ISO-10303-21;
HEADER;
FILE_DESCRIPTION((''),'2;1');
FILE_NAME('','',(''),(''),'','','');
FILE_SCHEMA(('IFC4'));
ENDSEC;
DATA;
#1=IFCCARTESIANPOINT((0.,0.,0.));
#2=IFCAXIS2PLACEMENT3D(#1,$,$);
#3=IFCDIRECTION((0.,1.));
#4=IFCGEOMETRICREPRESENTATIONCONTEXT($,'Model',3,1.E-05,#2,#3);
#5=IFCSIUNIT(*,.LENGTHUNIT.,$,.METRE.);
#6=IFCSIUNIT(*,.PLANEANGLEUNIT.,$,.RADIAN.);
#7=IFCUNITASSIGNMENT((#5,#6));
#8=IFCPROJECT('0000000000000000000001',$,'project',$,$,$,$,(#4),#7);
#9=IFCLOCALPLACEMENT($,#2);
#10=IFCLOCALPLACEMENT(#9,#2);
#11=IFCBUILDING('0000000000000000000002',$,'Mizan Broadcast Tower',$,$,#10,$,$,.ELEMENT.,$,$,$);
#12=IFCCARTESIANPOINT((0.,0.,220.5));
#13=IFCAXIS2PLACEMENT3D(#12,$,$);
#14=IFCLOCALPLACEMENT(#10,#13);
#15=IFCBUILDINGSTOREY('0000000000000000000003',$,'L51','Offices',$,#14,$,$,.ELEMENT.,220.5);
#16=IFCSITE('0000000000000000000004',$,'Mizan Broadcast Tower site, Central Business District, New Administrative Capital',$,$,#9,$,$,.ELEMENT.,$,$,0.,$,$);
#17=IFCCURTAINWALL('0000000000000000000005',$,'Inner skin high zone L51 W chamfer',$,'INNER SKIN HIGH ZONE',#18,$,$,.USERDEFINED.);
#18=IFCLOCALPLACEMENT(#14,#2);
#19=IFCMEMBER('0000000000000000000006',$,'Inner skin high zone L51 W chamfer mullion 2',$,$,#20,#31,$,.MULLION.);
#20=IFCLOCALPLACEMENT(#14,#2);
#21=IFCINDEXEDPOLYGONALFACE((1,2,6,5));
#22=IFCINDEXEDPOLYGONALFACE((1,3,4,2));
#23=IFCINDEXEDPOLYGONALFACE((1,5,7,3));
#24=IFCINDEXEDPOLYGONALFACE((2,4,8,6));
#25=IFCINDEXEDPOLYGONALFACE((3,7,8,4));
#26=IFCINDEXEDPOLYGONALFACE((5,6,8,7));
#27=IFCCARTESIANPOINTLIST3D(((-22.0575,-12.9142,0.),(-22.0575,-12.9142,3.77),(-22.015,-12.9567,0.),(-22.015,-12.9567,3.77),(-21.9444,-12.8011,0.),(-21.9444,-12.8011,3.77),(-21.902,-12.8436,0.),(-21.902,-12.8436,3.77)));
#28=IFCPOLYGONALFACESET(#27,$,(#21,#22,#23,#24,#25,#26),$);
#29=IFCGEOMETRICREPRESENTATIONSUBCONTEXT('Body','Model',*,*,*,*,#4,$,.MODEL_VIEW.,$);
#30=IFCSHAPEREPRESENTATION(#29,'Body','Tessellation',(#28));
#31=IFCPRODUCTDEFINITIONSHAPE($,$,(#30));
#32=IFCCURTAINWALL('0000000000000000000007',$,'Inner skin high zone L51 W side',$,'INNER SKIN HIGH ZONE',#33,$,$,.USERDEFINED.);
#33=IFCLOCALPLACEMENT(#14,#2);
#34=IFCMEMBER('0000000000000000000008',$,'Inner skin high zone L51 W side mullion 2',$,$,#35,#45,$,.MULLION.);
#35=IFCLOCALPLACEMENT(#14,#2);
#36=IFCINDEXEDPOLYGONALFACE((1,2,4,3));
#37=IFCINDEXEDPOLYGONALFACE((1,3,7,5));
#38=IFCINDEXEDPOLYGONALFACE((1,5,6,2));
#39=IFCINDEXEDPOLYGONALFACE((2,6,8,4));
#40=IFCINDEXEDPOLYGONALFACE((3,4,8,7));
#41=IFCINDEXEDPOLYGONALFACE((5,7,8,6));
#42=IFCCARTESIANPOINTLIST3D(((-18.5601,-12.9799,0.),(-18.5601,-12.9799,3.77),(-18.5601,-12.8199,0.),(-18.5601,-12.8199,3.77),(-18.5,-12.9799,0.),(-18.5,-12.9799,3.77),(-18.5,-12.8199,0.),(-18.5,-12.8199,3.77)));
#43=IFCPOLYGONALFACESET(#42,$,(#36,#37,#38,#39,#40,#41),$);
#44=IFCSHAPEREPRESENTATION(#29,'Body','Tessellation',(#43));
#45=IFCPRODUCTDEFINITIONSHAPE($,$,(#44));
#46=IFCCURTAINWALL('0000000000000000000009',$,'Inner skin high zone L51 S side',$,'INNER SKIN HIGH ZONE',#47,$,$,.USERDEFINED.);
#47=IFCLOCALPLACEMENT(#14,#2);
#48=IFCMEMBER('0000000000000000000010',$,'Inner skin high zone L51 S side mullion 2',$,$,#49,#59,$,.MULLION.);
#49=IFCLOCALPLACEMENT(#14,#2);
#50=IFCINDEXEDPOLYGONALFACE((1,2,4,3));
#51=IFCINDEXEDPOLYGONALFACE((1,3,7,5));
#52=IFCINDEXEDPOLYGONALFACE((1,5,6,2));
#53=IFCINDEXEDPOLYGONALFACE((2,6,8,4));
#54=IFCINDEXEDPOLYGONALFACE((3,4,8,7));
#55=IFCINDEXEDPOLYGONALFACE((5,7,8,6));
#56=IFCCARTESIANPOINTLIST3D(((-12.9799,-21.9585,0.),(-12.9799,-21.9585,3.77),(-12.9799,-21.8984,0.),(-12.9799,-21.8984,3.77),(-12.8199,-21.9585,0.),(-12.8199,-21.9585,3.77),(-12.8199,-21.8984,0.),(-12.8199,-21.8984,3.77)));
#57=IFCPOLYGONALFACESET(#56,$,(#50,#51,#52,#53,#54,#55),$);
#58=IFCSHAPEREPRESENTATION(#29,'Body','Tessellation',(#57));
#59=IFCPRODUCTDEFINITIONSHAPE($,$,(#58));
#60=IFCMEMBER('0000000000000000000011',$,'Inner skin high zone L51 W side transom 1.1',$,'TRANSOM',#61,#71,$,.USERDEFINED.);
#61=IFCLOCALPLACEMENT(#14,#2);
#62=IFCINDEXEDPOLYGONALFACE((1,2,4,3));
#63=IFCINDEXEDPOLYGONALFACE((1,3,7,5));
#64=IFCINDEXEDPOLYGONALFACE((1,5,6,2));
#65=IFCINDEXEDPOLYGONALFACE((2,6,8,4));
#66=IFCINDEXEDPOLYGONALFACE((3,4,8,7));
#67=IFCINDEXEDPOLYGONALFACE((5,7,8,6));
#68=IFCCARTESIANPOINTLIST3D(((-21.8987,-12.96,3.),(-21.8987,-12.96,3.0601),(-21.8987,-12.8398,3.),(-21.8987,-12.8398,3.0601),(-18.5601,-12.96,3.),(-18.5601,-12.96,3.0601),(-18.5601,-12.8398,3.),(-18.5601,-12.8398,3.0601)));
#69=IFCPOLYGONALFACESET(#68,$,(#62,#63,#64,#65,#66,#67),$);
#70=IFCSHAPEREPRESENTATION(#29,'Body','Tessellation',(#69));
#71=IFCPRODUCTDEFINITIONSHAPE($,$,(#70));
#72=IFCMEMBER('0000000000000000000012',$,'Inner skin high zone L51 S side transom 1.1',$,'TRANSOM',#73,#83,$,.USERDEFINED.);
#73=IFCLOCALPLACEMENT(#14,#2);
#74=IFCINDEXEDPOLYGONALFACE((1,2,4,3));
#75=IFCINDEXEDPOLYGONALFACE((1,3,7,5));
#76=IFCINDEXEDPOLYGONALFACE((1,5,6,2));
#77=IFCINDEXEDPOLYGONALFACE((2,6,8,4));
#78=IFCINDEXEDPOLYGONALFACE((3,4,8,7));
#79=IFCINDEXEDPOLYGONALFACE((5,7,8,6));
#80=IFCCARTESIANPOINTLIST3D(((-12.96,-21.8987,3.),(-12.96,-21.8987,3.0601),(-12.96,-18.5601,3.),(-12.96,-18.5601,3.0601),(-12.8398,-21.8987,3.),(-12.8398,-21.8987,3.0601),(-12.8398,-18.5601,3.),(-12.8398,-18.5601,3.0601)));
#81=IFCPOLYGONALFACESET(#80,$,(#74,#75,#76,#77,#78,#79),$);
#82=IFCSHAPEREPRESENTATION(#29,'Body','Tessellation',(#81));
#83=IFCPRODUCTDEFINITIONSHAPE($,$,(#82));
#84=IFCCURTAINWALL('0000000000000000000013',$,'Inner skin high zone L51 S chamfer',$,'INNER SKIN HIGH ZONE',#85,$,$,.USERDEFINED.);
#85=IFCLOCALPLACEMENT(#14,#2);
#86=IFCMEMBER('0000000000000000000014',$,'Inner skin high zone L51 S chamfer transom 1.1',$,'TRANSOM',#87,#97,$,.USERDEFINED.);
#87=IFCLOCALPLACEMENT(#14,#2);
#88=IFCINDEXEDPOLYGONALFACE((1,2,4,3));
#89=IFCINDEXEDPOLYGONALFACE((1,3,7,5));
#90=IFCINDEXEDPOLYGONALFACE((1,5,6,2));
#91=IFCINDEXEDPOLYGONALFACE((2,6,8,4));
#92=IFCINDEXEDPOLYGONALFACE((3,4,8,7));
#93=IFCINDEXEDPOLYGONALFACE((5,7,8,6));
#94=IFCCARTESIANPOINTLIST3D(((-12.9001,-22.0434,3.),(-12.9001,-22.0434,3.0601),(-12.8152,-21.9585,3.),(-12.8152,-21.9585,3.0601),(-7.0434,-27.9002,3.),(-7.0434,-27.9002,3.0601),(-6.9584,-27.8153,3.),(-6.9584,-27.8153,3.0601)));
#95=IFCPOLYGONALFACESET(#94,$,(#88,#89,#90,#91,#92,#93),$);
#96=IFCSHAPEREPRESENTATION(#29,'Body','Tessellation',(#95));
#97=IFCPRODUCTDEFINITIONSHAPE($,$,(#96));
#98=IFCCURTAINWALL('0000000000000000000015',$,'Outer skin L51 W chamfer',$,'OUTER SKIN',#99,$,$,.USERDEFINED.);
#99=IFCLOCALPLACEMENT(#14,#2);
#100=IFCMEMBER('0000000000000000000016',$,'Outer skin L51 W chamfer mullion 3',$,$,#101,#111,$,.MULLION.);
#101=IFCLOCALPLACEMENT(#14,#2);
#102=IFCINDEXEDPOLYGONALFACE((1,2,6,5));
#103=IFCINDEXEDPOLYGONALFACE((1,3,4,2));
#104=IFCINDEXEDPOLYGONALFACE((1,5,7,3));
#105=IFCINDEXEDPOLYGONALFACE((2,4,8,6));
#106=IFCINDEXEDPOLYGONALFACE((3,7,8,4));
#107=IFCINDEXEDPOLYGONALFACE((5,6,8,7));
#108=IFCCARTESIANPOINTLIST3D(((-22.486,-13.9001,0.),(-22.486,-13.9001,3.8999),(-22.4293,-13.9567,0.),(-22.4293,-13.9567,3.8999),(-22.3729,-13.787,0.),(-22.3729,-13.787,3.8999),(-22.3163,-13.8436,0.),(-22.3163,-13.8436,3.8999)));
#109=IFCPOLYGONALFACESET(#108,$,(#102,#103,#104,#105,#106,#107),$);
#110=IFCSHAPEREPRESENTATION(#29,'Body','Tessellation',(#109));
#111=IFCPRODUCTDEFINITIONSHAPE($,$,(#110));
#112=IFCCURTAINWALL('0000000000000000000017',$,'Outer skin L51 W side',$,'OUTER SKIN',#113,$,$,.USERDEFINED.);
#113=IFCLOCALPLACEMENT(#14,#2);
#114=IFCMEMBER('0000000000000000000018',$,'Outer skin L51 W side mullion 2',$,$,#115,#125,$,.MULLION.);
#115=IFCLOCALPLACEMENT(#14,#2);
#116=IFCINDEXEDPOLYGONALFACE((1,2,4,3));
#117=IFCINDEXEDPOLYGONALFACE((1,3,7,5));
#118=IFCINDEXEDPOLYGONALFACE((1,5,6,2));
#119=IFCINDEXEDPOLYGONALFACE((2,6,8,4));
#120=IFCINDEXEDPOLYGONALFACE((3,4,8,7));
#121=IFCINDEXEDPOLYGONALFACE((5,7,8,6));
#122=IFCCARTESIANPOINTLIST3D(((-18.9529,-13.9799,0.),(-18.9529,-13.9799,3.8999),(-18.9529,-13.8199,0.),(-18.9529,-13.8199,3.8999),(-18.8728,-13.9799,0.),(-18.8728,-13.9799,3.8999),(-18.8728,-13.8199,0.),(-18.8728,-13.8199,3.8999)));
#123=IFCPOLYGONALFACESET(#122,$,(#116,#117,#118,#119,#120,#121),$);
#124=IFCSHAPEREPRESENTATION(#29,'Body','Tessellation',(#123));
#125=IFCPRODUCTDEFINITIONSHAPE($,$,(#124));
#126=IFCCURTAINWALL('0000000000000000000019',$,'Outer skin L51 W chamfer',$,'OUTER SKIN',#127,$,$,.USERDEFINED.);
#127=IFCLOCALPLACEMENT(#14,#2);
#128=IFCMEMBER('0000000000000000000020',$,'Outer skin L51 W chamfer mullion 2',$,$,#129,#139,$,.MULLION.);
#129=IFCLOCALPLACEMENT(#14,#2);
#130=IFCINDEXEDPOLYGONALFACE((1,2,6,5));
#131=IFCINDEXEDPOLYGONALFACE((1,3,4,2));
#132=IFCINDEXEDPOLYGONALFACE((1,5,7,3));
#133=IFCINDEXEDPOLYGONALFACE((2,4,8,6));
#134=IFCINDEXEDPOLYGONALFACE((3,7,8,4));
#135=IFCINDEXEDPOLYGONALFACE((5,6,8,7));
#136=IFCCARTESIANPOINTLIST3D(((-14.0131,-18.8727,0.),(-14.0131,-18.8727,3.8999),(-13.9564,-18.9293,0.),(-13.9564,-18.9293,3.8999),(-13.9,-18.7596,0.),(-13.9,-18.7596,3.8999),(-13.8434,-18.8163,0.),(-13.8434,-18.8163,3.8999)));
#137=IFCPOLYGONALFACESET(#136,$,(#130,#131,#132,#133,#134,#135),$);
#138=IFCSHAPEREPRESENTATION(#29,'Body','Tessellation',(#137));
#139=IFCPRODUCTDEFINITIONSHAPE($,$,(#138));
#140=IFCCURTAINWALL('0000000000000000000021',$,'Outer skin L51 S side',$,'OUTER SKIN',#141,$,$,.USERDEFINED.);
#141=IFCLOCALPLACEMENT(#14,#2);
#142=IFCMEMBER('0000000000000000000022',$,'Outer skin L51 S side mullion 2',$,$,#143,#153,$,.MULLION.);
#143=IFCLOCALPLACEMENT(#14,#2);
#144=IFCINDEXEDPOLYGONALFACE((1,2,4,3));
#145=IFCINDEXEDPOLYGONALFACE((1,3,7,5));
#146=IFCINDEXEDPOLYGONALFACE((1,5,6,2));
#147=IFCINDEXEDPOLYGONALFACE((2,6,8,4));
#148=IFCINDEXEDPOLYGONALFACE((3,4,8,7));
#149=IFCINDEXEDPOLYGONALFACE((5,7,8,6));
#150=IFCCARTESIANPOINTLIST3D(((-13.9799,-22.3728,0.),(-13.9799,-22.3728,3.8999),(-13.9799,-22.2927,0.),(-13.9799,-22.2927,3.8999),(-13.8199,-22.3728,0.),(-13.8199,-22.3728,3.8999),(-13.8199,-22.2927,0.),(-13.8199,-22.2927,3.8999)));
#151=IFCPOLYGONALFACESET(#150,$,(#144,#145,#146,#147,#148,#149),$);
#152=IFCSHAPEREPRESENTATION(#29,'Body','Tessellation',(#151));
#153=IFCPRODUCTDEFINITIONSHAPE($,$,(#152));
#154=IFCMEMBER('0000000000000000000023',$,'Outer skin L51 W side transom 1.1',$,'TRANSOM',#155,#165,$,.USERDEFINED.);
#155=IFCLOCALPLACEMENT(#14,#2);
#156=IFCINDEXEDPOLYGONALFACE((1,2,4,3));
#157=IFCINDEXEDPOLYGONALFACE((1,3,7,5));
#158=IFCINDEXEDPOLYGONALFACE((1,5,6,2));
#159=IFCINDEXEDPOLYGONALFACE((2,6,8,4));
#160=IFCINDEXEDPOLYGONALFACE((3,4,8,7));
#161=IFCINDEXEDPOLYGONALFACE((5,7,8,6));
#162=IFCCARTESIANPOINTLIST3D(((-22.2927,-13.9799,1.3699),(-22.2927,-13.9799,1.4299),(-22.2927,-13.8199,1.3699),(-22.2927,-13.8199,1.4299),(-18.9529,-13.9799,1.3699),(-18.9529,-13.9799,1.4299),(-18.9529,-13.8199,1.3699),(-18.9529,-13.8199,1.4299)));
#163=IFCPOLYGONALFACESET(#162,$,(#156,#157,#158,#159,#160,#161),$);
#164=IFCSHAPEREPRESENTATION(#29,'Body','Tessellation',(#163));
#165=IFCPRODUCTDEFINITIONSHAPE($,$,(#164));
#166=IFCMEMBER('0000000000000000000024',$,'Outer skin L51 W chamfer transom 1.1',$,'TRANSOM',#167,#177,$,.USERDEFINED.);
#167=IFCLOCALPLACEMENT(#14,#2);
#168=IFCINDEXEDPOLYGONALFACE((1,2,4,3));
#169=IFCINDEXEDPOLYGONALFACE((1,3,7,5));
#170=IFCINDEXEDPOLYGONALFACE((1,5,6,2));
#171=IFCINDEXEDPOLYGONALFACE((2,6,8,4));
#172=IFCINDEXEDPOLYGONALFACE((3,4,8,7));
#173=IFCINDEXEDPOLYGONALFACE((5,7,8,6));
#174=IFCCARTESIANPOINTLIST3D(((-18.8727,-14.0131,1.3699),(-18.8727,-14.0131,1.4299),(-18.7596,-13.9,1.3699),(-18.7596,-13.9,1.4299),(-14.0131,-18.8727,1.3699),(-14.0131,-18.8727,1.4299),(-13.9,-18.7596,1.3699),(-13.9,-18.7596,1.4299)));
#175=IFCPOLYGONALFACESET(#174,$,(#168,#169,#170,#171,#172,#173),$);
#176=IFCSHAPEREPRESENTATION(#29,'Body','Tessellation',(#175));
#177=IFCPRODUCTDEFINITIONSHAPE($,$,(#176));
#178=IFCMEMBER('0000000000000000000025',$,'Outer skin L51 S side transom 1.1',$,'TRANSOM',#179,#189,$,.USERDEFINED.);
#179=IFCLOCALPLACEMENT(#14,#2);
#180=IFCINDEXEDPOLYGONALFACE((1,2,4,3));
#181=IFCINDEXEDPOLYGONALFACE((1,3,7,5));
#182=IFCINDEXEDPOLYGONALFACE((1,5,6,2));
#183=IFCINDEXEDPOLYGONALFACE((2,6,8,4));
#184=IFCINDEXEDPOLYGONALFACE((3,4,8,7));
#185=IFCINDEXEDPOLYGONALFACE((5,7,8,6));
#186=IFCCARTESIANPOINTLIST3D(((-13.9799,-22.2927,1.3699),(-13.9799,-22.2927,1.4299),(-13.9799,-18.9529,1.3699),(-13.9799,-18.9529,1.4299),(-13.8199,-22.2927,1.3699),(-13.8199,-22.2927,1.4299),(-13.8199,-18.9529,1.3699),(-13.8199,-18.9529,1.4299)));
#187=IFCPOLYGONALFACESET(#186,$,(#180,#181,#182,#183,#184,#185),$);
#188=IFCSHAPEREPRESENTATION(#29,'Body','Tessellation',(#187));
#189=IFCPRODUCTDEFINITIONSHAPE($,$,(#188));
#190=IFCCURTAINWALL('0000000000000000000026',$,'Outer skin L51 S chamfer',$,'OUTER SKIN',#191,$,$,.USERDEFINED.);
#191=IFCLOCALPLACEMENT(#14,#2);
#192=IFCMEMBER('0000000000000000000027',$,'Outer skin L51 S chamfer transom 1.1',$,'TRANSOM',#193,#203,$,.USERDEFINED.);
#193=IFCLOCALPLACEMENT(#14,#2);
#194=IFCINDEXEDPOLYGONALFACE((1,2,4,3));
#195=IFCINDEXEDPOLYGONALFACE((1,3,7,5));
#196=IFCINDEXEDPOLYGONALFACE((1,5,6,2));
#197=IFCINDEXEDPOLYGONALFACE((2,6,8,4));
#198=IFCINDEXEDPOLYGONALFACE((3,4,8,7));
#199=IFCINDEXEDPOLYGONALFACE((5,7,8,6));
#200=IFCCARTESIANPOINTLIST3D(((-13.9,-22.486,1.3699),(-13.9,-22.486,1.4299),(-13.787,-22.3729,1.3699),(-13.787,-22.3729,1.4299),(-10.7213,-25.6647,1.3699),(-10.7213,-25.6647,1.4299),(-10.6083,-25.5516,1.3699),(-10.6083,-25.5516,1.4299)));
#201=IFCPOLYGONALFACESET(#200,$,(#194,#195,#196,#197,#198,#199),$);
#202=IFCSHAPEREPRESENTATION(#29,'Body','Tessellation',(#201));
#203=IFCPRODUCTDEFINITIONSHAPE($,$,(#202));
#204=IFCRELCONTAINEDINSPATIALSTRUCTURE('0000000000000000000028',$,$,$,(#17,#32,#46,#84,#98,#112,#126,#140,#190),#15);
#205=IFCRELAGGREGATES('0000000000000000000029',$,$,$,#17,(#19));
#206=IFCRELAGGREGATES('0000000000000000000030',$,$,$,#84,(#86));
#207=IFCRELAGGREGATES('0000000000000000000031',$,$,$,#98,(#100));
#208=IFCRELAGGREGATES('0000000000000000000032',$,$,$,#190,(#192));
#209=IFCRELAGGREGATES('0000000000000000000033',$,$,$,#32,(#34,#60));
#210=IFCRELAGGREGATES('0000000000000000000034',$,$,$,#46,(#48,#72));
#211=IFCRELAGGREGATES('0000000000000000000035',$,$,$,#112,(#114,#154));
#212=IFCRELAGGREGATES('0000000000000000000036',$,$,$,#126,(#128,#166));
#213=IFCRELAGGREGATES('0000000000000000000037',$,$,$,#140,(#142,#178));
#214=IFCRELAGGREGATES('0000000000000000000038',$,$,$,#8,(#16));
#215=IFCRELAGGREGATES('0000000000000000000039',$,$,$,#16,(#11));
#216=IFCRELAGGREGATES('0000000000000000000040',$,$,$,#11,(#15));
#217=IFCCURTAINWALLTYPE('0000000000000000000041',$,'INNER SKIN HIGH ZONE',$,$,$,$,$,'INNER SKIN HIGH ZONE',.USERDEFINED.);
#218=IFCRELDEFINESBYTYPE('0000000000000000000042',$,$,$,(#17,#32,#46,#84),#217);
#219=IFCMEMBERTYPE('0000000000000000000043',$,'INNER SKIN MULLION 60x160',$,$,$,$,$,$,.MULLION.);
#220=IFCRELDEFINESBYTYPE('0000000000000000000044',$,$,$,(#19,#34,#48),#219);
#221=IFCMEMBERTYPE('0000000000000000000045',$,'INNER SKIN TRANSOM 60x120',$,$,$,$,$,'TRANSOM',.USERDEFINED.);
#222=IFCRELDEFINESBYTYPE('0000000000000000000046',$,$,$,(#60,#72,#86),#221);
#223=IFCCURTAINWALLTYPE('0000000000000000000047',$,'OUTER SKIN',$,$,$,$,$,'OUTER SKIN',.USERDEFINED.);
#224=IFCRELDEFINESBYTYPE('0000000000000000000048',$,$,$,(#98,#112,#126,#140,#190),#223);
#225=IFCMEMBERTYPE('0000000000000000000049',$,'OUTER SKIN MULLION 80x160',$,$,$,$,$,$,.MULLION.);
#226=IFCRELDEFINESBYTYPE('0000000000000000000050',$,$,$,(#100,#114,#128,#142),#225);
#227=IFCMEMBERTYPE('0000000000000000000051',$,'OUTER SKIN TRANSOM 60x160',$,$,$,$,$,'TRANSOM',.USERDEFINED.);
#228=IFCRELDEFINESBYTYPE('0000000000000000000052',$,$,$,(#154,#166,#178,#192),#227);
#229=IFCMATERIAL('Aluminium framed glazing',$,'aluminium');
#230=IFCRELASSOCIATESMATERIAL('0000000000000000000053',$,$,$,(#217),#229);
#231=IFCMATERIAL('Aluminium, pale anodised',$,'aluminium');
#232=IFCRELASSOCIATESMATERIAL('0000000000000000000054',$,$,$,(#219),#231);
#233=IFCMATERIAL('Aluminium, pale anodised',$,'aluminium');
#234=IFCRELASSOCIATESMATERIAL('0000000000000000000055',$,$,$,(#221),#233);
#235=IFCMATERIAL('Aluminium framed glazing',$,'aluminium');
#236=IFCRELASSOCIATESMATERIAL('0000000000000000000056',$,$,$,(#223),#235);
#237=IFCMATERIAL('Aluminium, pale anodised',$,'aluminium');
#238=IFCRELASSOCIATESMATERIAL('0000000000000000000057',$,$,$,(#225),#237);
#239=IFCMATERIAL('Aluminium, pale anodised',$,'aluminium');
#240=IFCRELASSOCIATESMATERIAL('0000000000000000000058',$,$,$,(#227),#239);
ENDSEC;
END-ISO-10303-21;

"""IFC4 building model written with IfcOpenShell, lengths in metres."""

from ifc_helpers import new_model, si_unit, direction, frame, origin, origin_2d, place, context, subcontext, project, spatial, rectangle, extrude, material, material_profile, profile_set, type_object, element, aggregate, save


model = new_model("IFC4")

# Units and contexts
model_context = context("Model", 3, precision=1e-05, world=origin(), true_north=direction((0.0, 1.0)))
body_context = subcontext(model_context, "Body", "Model", "MODEL_VIEW")
ifc_project = project(units=[si_unit("LENGTHUNIT", "METRE"), si_unit("PLANEANGLEUNIT", "RADIAN")], contexts=[model_context])

# Site, building, storey
site_placement = place(None, origin())
site = spatial("IfcSite", under=ifc_project, at=site_placement, Name="Mizan Broadcast Tower site, Central Business District, New Administrative Capital", CompositionType="ELEMENT", RefElevation=0.0)
building_placement = place(site_placement, origin())
building = spatial("IfcBuilding", under=site, at=building_placement, Name="Mizan Broadcast Tower", CompositionType="ELEMENT")
storey_placement = place(building_placement, frame((0.0, 0.0, 220.5)))
storey = spatial("IfcBuildingStorey", under=building, at=storey_placement, Name="L51", Description="Offices", CompositionType="ELEMENT", Elevation=220.5)

# Curtain walls, members
ifc_material_1 = material(Name="Aluminium framed glazing", Category="aluminium")
curtain_wall_type_1 = type_object("IfcCurtainWallType", Name="INNER SKIN HIGH ZONE", ElementType="INNER SKIN HIGH ZONE", PredefinedType="USERDEFINED", material=ifc_material_1)
curtain_wall_1_placement = place(storey_placement, origin())
curtain_wall_1 = element("IfcCurtainWall", 1, at=curtain_wall_1_placement, inside=storey, type_object=curtain_wall_type_1, Name="Inner skin high zone L51 W chamfer", ObjectType="INNER SKIN HIGH ZONE", PredefinedType="USERDEFINED")
ifc_material_2 = material(Name="Aluminium, pale anodised", Category="aluminium")
ifc_material_profile_1 = material_profile(ifc_material_2, rectangle(XDim=0.1599, YDim=0.0601, at=origin_2d()), Name="MULLION 160x60")
ifc_profile_set_1 = profile_set([ifc_material_profile_1], Name="Aluminium, pale anodised")
member_type_1 = type_object("IfcMemberType", Name="INNER SKIN MULLION 60x160", PredefinedType="MULLION", material=ifc_profile_set_1)
member_1_placement = place(storey_placement, frame((-21.9797, -12.8789, 0.0), z_axis=(0.0, 0.0, 1.0), x_axis=(0.707107, 0.707107, 0.0)))
member_1 = element("IfcMember", 2, at=member_1_placement, type_object=member_type_1, Name="Inner skin high zone L51 W chamfer mullion 2", PredefinedType="MULLION", context=body_context, shape_type="SweptSolid", body=[
    extrude(rectangle(XDim=0.1599, YDim=0.0601, at=origin_2d()), origin(), (0.0, 0.0, 1.0), 3.77),
])
aggregate(curtain_wall_1, [member_1])
curtain_wall_2_placement = place(storey_placement, origin())
curtain_wall_2 = element("IfcCurtainWall", 3, at=curtain_wall_2_placement, inside=storey, type_object=curtain_wall_type_1, Name="Inner skin high zone L51 W side", ObjectType="INNER SKIN HIGH ZONE", PredefinedType="USERDEFINED")
member_2_placement = place(storey_placement, frame((-18.53, -12.8999, 0.0), z_axis=(0.0, 0.0, 1.0), x_axis=(0.0, 1.0, 0.0)))
member_2 = element("IfcMember", 4, at=member_2_placement, type_object=member_type_1, Name="Inner skin high zone L51 W side mullion 2", PredefinedType="MULLION", context=body_context, shape_type="SweptSolid", body=[
    extrude(rectangle(XDim=0.1599, YDim=0.0601, at=origin_2d()), origin(), (0.0, 0.0, 1.0), 3.77),
])
curtain_wall_3_placement = place(storey_placement, origin())
curtain_wall_3 = element("IfcCurtainWall", 5, at=curtain_wall_3_placement, inside=storey, type_object=curtain_wall_type_1, Name="Inner skin high zone L51 S side", ObjectType="INNER SKIN HIGH ZONE", PredefinedType="USERDEFINED")
member_3_placement = place(storey_placement, frame((-12.8999, -21.9285, 0.0), z_axis=(0.0, 0.0, 1.0), x_axis=(1.0, 0.0, 0.0)))
member_3 = element("IfcMember", 6, at=member_3_placement, type_object=member_type_1, Name="Inner skin high zone L51 S side mullion 2", PredefinedType="MULLION", context=body_context, shape_type="SweptSolid", body=[
    extrude(rectangle(XDim=0.1599, YDim=0.0601, at=origin_2d()), origin(), (0.0, 0.0, 1.0), 3.77),
])

# Members
ifc_material_3 = material(Name="Aluminium, pale anodised", Category="aluminium")
ifc_material_profile_2 = material_profile(ifc_material_3, rectangle(XDim=0.1201, YDim=0.0601, at=origin_2d()), Name="TRANSOM 120x60")
ifc_profile_set_2 = profile_set([ifc_material_profile_2], Name="Aluminium, pale anodised")
member_type_2 = type_object("IfcMemberType", Name="INNER SKIN TRANSOM 60x120", ElementType="TRANSOM", PredefinedType="USERDEFINED", material=ifc_profile_set_2)
member_4_placement = place(storey_placement, frame((-21.8987, -12.8999, 3.03), z_axis=(1.0, 0.0, 0.0), x_axis=(0.0, 1.0, 0.0)))
member_4 = element("IfcMember", 7, at=member_4_placement, type_object=member_type_2, Name="Inner skin high zone L51 W side transom 1.1", ObjectType="TRANSOM", PredefinedType="USERDEFINED", context=body_context, shape_type="SweptSolid", body=[
    extrude(rectangle(XDim=0.1201, YDim=0.0601, at=origin_2d()), origin(), (0.0, 0.0, 1.0), 3.3386),
])
member_5_placement = place(storey_placement, frame((-12.8999, -18.5601, 3.03), z_axis=(0.0, -1.0, 0.0), x_axis=(1.0, 0.0, 0.0)))
member_5 = element("IfcMember", 8, at=member_5_placement, type_object=member_type_2, Name="Inner skin high zone L51 S side transom 1.1", ObjectType="TRANSOM", PredefinedType="USERDEFINED", context=body_context, shape_type="SweptSolid", body=[
    extrude(rectangle(XDim=0.1201, YDim=0.0601, at=origin_2d()), origin(), (0.0, 0.0, 1.0), 3.3386),
])

# Curtain walls, members
curtain_wall_4_placement = place(storey_placement, origin())
curtain_wall_4 = element("IfcCurtainWall", 9, at=curtain_wall_4_placement, inside=storey, type_object=curtain_wall_type_1, Name="Inner skin high zone L51 S chamfer", ObjectType="INNER SKIN HIGH ZONE", PredefinedType="USERDEFINED")
member_6_placement = place(storey_placement, frame((-12.8577, -22.001, 3.03), z_axis=(0.707107, -0.707107, 0.0), x_axis=(0.707107, 0.707107, 0.0)))
member_6 = element("IfcMember", 10, at=member_6_placement, type_object=member_type_2, Name="Inner skin high zone L51 S chamfer transom 1.1", ObjectType="TRANSOM", PredefinedType="USERDEFINED", context=body_context, shape_type="SweptSolid", body=[
    extrude(rectangle(XDim=0.1201, YDim=0.0601, at=origin_2d()), origin(), (0.0, 0.0, 1.0), 8.2827),
])
aggregate(curtain_wall_4, [member_6])
ifc_material_4 = material(Name="Aluminium framed glazing", Category="aluminium")
curtain_wall_type_2 = type_object("IfcCurtainWallType", Name="OUTER SKIN", ElementType="OUTER SKIN", PredefinedType="USERDEFINED", material=ifc_material_4)
curtain_wall_5_placement = place(storey_placement, origin())
curtain_wall_5 = element("IfcCurtainWall", 11, at=curtain_wall_5_placement, inside=storey, type_object=curtain_wall_type_2, Name="Outer skin L51 W chamfer", ObjectType="OUTER SKIN", PredefinedType="USERDEFINED")
ifc_material_5 = material(Name="Aluminium, pale anodised", Category="aluminium")
ifc_material_profile_3 = material_profile(ifc_material_5, rectangle(XDim=0.1599, YDim=0.0801, at=origin_2d()), Name="MULLION 160x80")
ifc_profile_set_3 = profile_set([ifc_material_profile_3], Name="Aluminium, pale anodised")
member_type_3 = type_object("IfcMemberType", Name="OUTER SKIN MULLION 80x160", PredefinedType="MULLION", material=ifc_profile_set_3)
member_7_placement = place(storey_placement, frame((-22.4011, -13.8718, 0.0), z_axis=(0.0, 0.0, 1.0), x_axis=(0.707107, 0.707107, 0.0)))
member_7 = element("IfcMember", 12, at=member_7_placement, type_object=member_type_3, Name="Outer skin L51 W chamfer mullion 3", PredefinedType="MULLION", context=body_context, shape_type="SweptSolid", body=[
    extrude(rectangle(XDim=0.1599, YDim=0.0801, at=origin_2d()), origin(), (0.0, 0.0, 1.0), 3.8999),
])
aggregate(curtain_wall_5, [member_7])
curtain_wall_6_placement = place(storey_placement, origin())
curtain_wall_6 = element("IfcCurtainWall", 13, at=curtain_wall_6_placement, inside=storey, type_object=curtain_wall_type_2, Name="Outer skin L51 W side", ObjectType="OUTER SKIN", PredefinedType="USERDEFINED")
member_8_placement = place(storey_placement, frame((-18.9128, -13.8999, 0.0), z_axis=(0.0, 0.0, 1.0), x_axis=(0.0, 1.0, 0.0)))
member_8 = element("IfcMember", 14, at=member_8_placement, type_object=member_type_3, Name="Outer skin L51 W side mullion 2", PredefinedType="MULLION", context=body_context, shape_type="SweptSolid", body=[
    extrude(rectangle(XDim=0.1599, YDim=0.0801, at=origin_2d()), origin(), (0.0, 0.0, 1.0), 3.8999),
])
curtain_wall_7_placement = place(storey_placement, origin())
curtain_wall_7 = element("IfcCurtainWall", 15, at=curtain_wall_7_placement, inside=storey, type_object=curtain_wall_type_2, Name="Outer skin L51 W chamfer", ObjectType="OUTER SKIN", PredefinedType="USERDEFINED")
member_9_placement = place(storey_placement, frame((-13.9282, -18.8445, 0.0), z_axis=(0.0, 0.0, 1.0), x_axis=(0.707107, 0.707107, 0.0)))
member_9 = element("IfcMember", 16, at=member_9_placement, type_object=member_type_3, Name="Outer skin L51 W chamfer mullion 2", PredefinedType="MULLION", context=body_context, shape_type="SweptSolid", body=[
    extrude(rectangle(XDim=0.1599, YDim=0.0801, at=origin_2d()), origin(), (0.0, 0.0, 1.0), 3.8999),
])
curtain_wall_8_placement = place(storey_placement, origin())
curtain_wall_8 = element("IfcCurtainWall", 17, at=curtain_wall_8_placement, inside=storey, type_object=curtain_wall_type_2, Name="Outer skin L51 S side", ObjectType="OUTER SKIN", PredefinedType="USERDEFINED")
member_10_placement = place(storey_placement, frame((-13.8999, -22.3328, 0.0), z_axis=(0.0, 0.0, 1.0), x_axis=(1.0, 0.0, 0.0)))
member_10 = element("IfcMember", 18, at=member_10_placement, type_object=member_type_3, Name="Outer skin L51 S side mullion 2", PredefinedType="MULLION", context=body_context, shape_type="SweptSolid", body=[
    extrude(rectangle(XDim=0.1599, YDim=0.0801, at=origin_2d()), origin(), (0.0, 0.0, 1.0), 3.8999),
])

# Members
ifc_material_6 = material(Name="Aluminium, pale anodised", Category="aluminium")
ifc_material_profile_4 = material_profile(ifc_material_6, rectangle(XDim=0.1599, YDim=0.0601, at=origin_2d()), Name="TRANSOM 160x60")
ifc_profile_set_4 = profile_set([ifc_material_profile_4], Name="Aluminium, pale anodised")
member_type_4 = type_object("IfcMemberType", Name="OUTER SKIN TRANSOM 60x160", ElementType="TRANSOM", PredefinedType="USERDEFINED", material=ifc_profile_set_4)
member_11_placement = place(storey_placement, frame((-22.2927, -13.8999, 1.3999), z_axis=(1.0, 0.0, 0.0), x_axis=(0.0, 1.0, 0.0)))
member_11 = element("IfcMember", 19, at=member_11_placement, type_object=member_type_4, Name="Outer skin L51 W side transom 1.1", ObjectType="TRANSOM", PredefinedType="USERDEFINED", context=body_context, shape_type="SweptSolid", body=[
    extrude(rectangle(XDim=0.1599, YDim=0.0601, at=origin_2d()), origin(), (0.0, 0.0, 1.0), 3.3398),
])
member_12_placement = place(storey_placement, frame((-18.8162, -13.9565, 1.3999), z_axis=(0.707107, -0.707107, 0.0), x_axis=(0.707107, 0.707107, 0.0)))
member_12 = element("IfcMember", 20, at=member_12_placement, type_object=member_type_4, Name="Outer skin L51 W chamfer transom 1.1", ObjectType="TRANSOM", PredefinedType="USERDEFINED", context=body_context, shape_type="SweptSolid", body=[
    extrude(rectangle(XDim=0.1599, YDim=0.0601, at=origin_2d()), origin(), (0.0, 0.0, 1.0), 6.8726),
])
member_13_placement = place(storey_placement, frame((-13.8999, -18.9529, 1.3999), z_axis=(0.0, -1.0, 0.0), x_axis=(1.0, 0.0, 0.0)))
member_13 = element("IfcMember", 21, at=member_13_placement, type_object=member_type_4, Name="Outer skin L51 S side transom 1.1", ObjectType="TRANSOM", PredefinedType="USERDEFINED", context=body_context, shape_type="SweptSolid", body=[
    extrude(rectangle(XDim=0.1599, YDim=0.0601, at=origin_2d()), origin(), (0.0, 0.0, 1.0), 3.3398),
])

# Curtain wall, member
curtain_wall_9_placement = place(storey_placement, origin())
curtain_wall_9 = element("IfcCurtainWall", 22, at=curtain_wall_9_placement, inside=storey, type_object=curtain_wall_type_2, Name="Outer skin L51 S chamfer", ObjectType="OUTER SKIN", PredefinedType="USERDEFINED")
member_14_placement = place(storey_placement, frame((-13.8435, -22.4294, 1.3999), z_axis=(0.707107, -0.707107, 0.0), x_axis=(0.707107, 0.707107, 0.0)))
member_14 = element("IfcMember", 23, at=member_14_placement, type_object=member_type_4, Name="Outer skin L51 S chamfer transom 1.1", ObjectType="TRANSOM", PredefinedType="USERDEFINED", context=body_context, shape_type="SweptSolid", body=[
    extrude(rectangle(XDim=0.1599, YDim=0.0601, at=origin_2d()), origin(), (0.0, 0.0, 1.0), 4.4954),
])
aggregate(curtain_wall_9, [member_14])

aggregate(curtain_wall_2, [member_2, member_4])
aggregate(curtain_wall_3, [member_3, member_5])
aggregate(curtain_wall_6, [member_8, member_11])
aggregate(curtain_wall_7, [member_9, member_12])
aggregate(curtain_wall_8, [member_10, member_13])

save(model, "model.ifc")
